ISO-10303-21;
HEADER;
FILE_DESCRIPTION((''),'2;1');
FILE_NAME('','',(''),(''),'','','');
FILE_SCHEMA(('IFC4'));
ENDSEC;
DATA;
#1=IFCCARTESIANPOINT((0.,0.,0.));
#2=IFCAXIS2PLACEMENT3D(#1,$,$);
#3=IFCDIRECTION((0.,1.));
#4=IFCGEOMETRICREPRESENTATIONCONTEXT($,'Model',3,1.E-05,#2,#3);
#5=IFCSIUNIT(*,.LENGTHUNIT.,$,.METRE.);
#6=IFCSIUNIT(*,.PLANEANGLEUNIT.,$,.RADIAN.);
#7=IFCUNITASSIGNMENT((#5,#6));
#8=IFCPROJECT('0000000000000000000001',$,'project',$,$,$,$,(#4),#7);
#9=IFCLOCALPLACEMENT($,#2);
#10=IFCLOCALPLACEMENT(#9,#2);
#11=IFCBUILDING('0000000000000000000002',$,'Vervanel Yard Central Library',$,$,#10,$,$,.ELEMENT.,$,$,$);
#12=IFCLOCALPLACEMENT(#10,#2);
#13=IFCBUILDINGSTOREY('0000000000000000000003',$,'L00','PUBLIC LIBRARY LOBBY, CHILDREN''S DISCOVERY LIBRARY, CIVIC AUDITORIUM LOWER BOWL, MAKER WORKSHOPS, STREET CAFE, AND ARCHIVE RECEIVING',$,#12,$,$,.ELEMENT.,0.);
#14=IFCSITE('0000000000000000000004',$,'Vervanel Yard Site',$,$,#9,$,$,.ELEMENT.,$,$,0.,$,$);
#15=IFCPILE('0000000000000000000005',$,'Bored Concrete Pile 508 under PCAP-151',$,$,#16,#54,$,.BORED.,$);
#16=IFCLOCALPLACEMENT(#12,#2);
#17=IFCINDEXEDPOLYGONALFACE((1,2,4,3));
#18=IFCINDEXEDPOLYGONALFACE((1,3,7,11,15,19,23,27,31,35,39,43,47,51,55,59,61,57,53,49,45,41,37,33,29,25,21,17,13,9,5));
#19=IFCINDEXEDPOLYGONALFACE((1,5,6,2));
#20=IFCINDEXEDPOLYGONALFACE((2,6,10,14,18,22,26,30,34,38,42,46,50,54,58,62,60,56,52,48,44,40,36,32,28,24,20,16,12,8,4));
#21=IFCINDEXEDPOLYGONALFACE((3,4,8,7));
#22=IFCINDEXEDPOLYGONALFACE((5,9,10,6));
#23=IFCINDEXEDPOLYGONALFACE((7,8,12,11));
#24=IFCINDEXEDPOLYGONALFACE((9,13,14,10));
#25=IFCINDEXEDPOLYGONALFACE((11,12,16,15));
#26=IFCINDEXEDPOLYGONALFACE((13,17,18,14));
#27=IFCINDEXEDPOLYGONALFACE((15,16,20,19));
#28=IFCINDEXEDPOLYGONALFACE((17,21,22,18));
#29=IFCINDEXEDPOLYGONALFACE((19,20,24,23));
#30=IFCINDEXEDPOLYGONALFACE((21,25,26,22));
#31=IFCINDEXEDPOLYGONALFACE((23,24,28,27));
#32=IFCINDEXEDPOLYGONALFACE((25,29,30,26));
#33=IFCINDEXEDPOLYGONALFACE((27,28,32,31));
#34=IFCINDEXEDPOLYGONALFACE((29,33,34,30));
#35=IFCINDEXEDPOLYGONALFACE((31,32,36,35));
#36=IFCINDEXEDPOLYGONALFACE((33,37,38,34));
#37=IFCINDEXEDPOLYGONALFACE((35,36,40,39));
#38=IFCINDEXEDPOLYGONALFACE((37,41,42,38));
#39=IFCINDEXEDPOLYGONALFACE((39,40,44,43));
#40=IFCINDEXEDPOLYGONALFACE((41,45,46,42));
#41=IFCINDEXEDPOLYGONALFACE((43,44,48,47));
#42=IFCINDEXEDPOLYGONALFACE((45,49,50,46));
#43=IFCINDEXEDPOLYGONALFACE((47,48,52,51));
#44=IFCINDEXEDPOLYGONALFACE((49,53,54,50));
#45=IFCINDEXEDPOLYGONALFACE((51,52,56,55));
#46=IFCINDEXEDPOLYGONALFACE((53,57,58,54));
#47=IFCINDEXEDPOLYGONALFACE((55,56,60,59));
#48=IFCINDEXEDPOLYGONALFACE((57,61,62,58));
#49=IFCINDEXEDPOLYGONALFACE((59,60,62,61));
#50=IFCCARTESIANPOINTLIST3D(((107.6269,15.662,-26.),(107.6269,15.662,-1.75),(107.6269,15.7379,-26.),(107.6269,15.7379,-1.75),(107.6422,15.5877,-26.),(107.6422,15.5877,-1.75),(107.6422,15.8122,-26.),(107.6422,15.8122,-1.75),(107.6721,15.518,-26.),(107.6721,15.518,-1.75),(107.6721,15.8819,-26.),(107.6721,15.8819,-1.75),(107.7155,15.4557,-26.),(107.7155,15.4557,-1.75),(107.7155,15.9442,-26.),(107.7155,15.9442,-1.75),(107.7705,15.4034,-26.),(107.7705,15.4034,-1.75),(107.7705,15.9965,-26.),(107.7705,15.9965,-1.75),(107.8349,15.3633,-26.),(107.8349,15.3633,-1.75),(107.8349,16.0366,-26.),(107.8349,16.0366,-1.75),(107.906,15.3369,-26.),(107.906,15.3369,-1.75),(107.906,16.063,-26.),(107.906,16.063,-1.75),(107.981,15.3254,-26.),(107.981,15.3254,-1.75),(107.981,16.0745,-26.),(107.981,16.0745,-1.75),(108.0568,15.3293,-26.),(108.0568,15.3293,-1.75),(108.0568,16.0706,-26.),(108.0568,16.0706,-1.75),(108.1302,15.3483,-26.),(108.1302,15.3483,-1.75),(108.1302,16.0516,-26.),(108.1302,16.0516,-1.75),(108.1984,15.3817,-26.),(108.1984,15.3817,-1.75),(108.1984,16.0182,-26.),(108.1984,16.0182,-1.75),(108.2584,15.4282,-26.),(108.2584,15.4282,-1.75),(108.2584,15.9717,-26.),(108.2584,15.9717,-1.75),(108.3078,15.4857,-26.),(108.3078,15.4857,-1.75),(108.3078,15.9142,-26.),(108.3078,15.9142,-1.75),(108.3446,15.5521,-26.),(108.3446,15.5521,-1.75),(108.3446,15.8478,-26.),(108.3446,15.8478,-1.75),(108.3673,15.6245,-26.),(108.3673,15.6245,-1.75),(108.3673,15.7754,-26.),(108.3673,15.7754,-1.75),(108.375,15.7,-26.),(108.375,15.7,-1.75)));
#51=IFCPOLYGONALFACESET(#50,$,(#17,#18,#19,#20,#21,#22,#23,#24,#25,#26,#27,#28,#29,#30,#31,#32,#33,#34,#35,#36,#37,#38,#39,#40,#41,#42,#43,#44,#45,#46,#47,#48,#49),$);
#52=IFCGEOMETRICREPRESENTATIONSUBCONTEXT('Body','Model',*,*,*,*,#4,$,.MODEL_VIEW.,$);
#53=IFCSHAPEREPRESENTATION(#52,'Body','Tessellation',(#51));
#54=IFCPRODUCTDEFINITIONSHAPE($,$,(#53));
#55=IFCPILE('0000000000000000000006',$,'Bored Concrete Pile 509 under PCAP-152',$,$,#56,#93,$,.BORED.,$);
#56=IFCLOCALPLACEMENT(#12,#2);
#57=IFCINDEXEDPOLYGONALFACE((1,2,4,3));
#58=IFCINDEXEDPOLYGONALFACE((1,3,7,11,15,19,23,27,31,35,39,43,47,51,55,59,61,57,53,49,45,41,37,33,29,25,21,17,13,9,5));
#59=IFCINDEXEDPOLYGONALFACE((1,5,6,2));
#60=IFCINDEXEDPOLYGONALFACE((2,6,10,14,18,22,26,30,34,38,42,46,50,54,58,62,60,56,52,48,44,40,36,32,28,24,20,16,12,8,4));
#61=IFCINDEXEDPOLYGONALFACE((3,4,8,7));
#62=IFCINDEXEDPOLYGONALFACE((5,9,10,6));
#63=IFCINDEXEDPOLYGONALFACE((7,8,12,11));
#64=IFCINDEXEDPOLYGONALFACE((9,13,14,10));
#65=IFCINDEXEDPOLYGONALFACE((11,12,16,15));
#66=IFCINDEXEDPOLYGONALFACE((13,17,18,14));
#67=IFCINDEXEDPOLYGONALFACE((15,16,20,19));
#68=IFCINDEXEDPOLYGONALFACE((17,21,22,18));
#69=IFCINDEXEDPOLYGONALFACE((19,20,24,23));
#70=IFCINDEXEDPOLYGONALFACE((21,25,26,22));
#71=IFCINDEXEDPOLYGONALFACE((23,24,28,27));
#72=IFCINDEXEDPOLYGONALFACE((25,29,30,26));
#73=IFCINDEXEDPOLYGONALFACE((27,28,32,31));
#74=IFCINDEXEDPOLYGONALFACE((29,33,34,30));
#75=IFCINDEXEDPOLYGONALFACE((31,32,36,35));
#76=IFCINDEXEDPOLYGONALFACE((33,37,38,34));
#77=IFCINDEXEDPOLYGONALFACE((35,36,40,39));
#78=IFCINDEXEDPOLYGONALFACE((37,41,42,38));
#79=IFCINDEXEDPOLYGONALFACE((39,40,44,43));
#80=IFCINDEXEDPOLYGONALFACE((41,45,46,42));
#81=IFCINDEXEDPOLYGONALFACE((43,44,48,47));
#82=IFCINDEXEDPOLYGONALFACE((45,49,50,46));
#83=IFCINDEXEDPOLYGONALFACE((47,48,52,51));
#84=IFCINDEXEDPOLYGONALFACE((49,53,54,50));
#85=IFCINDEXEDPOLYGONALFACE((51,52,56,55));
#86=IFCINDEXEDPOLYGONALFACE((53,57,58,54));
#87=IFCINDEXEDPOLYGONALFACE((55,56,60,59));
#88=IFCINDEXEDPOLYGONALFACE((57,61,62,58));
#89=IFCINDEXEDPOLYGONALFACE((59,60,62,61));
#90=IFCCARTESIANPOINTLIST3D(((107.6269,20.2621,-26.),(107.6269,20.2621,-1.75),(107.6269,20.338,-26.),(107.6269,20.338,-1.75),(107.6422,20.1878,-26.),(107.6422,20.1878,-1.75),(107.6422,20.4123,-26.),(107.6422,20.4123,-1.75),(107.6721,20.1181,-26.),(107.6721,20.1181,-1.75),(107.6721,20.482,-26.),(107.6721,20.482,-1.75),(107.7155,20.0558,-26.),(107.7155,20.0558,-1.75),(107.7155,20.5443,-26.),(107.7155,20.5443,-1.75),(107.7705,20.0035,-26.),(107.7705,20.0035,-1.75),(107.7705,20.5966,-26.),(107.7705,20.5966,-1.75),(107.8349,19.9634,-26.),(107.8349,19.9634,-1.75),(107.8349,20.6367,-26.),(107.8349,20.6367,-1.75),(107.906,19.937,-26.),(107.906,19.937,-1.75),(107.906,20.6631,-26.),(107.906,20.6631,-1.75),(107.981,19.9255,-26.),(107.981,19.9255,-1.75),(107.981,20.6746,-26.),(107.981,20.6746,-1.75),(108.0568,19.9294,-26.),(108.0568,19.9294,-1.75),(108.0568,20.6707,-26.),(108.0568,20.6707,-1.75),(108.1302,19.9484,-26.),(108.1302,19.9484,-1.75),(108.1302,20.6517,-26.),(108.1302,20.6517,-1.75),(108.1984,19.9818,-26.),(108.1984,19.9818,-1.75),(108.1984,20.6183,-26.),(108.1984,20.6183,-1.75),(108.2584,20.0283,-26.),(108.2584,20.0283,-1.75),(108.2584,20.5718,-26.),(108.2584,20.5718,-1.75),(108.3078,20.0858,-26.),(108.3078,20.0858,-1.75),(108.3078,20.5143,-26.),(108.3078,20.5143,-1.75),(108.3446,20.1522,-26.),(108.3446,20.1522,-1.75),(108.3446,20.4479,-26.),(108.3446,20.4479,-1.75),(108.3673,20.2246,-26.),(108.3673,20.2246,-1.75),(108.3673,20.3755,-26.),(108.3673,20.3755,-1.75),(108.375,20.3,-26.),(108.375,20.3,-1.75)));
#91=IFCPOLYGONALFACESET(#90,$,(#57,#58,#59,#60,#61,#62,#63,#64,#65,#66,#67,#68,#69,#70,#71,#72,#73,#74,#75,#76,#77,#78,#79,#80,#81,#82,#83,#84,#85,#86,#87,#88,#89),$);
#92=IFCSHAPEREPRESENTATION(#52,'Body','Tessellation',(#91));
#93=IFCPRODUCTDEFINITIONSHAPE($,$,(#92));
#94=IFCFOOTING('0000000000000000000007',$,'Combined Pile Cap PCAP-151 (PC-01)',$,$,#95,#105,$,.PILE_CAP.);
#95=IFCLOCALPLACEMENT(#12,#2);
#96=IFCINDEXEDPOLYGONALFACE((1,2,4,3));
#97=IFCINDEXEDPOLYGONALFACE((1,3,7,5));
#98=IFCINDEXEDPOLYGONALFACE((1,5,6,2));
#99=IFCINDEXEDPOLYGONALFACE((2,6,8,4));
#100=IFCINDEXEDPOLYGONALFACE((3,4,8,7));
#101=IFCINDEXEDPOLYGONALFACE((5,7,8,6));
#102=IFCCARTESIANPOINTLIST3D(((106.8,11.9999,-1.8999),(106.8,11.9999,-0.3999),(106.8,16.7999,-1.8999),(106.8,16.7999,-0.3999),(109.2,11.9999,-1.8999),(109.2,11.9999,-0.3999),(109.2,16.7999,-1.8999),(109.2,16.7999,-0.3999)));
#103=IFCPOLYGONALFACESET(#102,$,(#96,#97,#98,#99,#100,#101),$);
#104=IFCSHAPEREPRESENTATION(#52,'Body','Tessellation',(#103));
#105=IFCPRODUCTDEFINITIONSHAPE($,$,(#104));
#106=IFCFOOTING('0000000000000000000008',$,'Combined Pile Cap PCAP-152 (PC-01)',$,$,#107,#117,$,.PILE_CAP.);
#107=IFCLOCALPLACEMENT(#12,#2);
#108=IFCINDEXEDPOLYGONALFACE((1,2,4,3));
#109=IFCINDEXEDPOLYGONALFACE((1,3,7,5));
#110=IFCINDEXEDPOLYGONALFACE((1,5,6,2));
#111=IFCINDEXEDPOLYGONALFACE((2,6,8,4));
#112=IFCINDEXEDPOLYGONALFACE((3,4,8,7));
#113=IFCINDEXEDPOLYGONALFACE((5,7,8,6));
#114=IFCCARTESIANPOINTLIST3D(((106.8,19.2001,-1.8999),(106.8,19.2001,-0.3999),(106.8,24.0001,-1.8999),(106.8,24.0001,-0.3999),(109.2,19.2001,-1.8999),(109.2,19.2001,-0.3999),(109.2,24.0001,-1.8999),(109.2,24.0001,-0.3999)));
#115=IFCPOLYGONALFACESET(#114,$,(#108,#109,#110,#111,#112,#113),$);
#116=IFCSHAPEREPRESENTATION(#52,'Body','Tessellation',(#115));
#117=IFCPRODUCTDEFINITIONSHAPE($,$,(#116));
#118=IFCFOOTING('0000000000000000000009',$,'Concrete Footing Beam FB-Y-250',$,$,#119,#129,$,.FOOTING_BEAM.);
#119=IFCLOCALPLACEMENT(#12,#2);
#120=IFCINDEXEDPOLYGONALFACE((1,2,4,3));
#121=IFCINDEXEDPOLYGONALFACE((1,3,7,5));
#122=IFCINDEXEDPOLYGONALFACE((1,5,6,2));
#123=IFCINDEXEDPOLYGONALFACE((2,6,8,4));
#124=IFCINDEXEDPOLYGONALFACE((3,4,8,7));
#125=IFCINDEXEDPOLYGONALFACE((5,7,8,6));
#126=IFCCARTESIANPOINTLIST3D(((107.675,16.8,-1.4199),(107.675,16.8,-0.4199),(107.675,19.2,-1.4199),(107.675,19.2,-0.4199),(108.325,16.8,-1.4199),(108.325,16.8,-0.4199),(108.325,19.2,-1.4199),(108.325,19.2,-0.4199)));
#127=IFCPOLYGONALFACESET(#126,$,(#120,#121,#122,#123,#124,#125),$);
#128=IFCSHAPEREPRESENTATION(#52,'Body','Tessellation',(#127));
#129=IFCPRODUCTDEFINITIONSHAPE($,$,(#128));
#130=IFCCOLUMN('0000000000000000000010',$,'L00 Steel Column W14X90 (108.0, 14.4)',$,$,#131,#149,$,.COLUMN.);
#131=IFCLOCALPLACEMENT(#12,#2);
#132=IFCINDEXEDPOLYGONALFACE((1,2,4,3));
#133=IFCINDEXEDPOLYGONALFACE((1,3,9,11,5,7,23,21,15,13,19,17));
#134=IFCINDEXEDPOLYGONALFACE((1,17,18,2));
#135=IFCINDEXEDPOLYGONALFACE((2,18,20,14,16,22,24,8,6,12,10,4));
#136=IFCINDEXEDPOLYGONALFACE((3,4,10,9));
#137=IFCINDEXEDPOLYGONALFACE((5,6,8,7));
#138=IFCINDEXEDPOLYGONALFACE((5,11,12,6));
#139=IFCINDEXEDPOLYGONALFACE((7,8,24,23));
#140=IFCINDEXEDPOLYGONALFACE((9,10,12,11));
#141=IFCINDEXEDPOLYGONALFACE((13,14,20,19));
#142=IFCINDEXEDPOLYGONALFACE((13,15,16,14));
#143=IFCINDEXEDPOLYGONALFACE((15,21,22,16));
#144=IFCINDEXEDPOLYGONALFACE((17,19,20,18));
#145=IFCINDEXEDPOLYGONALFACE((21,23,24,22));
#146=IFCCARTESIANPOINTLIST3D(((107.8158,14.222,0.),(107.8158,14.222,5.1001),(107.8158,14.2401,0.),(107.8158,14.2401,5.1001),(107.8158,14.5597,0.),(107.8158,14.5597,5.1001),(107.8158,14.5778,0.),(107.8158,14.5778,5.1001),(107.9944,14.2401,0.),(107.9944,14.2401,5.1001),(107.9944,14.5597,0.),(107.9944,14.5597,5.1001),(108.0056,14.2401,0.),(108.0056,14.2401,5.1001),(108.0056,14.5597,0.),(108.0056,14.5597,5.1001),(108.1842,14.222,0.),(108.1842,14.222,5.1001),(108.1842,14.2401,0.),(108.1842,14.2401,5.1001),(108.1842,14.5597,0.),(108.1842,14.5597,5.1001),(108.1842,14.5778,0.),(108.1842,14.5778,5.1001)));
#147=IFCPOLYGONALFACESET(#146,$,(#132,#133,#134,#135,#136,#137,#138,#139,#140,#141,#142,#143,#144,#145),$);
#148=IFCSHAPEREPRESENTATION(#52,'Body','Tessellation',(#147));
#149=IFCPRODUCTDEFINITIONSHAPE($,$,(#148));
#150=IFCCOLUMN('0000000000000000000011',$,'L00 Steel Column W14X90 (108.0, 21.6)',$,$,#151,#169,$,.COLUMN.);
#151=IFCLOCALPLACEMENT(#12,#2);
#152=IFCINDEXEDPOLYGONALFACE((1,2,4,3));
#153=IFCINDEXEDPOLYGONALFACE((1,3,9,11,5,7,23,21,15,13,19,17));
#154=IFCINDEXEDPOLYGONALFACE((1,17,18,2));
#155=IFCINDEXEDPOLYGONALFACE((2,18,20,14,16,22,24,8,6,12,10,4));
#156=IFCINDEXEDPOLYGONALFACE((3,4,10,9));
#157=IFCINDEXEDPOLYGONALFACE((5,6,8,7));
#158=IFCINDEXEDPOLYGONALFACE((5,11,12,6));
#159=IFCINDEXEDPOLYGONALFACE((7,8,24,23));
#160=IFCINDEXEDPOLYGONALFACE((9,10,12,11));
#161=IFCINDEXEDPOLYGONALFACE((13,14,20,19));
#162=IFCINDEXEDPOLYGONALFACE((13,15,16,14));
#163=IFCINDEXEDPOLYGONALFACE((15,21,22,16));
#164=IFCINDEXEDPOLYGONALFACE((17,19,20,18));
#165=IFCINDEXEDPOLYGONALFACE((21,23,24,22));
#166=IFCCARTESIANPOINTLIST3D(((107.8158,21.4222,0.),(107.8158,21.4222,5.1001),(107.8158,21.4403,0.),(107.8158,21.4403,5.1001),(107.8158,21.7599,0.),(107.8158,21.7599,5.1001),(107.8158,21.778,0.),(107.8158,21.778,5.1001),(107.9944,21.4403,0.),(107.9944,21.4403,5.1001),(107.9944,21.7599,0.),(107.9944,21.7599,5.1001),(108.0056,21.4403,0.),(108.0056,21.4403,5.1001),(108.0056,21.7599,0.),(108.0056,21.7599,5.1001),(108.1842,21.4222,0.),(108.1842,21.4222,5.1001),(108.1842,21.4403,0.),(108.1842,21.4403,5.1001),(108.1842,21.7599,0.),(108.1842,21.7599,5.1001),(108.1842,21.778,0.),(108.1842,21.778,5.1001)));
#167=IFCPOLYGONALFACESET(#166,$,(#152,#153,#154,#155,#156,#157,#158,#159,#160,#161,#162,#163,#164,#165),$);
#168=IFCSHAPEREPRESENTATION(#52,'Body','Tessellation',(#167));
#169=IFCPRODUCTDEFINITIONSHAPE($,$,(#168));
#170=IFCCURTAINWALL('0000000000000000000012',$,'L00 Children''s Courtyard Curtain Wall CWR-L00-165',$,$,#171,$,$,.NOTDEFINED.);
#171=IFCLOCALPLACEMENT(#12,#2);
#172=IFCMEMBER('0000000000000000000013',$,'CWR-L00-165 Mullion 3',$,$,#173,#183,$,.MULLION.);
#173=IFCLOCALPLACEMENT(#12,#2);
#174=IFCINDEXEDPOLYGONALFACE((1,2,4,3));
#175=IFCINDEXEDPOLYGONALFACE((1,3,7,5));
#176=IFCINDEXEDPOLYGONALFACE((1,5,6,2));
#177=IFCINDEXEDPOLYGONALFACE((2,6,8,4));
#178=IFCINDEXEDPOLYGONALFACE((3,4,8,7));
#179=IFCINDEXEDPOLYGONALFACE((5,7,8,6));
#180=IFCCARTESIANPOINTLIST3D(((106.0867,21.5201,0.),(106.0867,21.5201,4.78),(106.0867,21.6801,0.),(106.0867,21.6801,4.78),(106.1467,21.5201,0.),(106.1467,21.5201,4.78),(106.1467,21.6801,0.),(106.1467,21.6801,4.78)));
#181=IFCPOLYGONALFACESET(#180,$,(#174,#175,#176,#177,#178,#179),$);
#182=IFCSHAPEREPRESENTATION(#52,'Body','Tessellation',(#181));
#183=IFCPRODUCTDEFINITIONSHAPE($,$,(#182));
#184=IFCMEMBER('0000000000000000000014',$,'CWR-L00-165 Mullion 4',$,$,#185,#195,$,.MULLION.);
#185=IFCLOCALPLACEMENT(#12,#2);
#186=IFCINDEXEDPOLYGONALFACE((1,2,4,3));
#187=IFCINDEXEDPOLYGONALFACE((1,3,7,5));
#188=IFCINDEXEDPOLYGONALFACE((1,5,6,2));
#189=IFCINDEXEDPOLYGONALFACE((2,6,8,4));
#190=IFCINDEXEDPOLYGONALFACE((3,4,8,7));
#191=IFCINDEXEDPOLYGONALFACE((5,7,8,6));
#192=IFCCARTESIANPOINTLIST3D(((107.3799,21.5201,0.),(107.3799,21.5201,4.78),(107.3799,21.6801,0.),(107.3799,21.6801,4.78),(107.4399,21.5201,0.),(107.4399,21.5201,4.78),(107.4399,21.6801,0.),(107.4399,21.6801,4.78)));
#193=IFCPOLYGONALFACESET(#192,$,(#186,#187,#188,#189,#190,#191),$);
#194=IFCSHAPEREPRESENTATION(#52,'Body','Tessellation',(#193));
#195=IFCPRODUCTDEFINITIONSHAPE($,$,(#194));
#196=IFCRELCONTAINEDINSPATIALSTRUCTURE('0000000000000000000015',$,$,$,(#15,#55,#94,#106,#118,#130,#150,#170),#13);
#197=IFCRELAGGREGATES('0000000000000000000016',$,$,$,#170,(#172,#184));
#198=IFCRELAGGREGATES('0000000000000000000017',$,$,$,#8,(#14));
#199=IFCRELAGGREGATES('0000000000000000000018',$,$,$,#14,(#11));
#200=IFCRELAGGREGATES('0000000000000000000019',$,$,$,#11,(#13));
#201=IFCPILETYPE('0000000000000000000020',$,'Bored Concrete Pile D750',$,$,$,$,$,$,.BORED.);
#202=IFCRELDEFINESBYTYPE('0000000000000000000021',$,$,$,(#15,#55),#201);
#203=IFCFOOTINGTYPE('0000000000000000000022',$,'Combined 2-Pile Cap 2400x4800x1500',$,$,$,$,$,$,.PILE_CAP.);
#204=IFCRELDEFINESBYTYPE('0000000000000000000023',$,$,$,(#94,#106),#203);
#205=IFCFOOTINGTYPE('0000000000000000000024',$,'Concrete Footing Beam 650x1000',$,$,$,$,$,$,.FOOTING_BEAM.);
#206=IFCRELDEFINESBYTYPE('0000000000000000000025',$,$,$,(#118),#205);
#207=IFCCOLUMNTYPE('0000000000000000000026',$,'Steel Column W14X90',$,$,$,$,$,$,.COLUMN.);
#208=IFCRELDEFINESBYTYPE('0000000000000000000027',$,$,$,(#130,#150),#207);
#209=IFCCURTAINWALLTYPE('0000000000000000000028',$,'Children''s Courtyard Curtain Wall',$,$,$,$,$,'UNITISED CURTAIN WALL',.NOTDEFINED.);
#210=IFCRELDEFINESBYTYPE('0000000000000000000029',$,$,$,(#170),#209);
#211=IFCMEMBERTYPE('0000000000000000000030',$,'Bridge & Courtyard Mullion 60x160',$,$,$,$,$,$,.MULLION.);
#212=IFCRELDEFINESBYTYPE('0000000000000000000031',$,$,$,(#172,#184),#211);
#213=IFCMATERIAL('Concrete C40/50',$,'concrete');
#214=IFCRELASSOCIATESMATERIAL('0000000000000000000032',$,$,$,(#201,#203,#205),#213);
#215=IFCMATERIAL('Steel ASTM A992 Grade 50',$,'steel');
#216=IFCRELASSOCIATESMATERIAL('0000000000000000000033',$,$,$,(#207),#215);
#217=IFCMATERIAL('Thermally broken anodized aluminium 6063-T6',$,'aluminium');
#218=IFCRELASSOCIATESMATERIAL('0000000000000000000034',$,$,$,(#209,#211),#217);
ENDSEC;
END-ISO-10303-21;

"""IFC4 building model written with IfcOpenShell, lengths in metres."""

from ifc_helpers import new_model, si_unit, direction, frame, origin, origin_2d, place, context, subcontext, project, spatial, rectangle, circle, i_section, extrude, material, material_profile, profile_set, type_object, element, aggregate, save


model = new_model("IFC4")

# Units and contexts
model_context = context("Model", 3, precision=1e-05, world=origin(), true_north=direction((0.0, 1.0)))
body_context = subcontext(model_context, "Body", "Model", "MODEL_VIEW")
ifc_project = project(units=[si_unit("LENGTHUNIT", "METRE"), si_unit("PLANEANGLEUNIT", "RADIAN")], contexts=[model_context])

# Site, building, storey
site_placement = place(None, origin())
site = spatial("IfcSite", under=ifc_project, at=site_placement, Name="Vervanel Yard Site", CompositionType="ELEMENT", RefElevation=0.0)
building_placement = place(site_placement, origin())
building = spatial("IfcBuilding", under=site, at=building_placement, Name="Vervanel Yard Central Library", CompositionType="ELEMENT")
storey_placement = place(building_placement, origin())
storey = spatial("IfcBuildingStorey", under=building, at=storey_placement, Name="L00", Description="PUBLIC LIBRARY LOBBY, CHILDREN'S DISCOVERY LIBRARY, CIVIC AUDITORIUM LOWER BOWL, MAKER WORKSHOPS, STREET CAFE, AND ARCHIVE RECEIVING", CompositionType="ELEMENT", Elevation=0.0)

# Piles
ifc_material_1 = material(Name="Concrete C40/50", Category="concrete")
ifc_material_profile_1 = material_profile(ifc_material_1, circle(Radius=0.375, at=origin_2d()), Name="BP D750", Category="concrete")
ifc_profile_set_1 = profile_set([ifc_material_profile_1], Name="Concrete C40/50")
pile_type = type_object("IfcPileType", Name="Bored Concrete Pile D750", PredefinedType="BORED", material=ifc_profile_set_1)
for number, where, z_axis, x_axis, name in (
    (1, (108.0, 15.7, -1.75), (0.0, 0.0, -1.0), (1.0, 0.0, 0.0), "Bored Concrete Pile 508 under PCAP-151"),
    (2, (108.0, 20.3, -1.75), (0.0, 0.0, -1.0), (1.0, 0.0, 0.0), "Bored Concrete Pile 509 under PCAP-152"),
):
    element("IfcPile", number, at=place(storey_placement, frame(where, z_axis=z_axis, x_axis=x_axis)), inside=storey, type_object=pile_type, Name=name, PredefinedType="BORED", context=body_context, shape_type="SweptSolid", body=[
        extrude(circle(Radius=0.375, at=origin_2d()), origin(), (0.0, 0.0, 1.0), 24.25),
    ])

# Footings
footing_type_1 = type_object("IfcFootingType", Name="Combined 2-Pile Cap 2400x4800x1500", PredefinedType="PILE_CAP", material=ifc_material_1)
for number, where, z_axis, x_axis, name in (
    (3, (108.0, 14.3999, -1.8999), (0.0, 0.0, 1.0), (1.0, 0.0, 0.0), "Combined Pile Cap PCAP-151 (PC-01)"),
    (4, (108.0, 21.6001, -1.8999), (0.0, 0.0, 1.0), (1.0, 0.0, 0.0), "Combined Pile Cap PCAP-152 (PC-01)"),
):
    element("IfcFooting", number, at=place(storey_placement, frame(where, z_axis=z_axis, x_axis=x_axis)), inside=storey, type_object=footing_type_1, Name=name, PredefinedType="PILE_CAP", context=body_context, shape_type="SweptSolid", body=[
        extrude(rectangle(XDim=2.3999, YDim=4.8, at=origin_2d()), origin(), (0.0, 0.0, 1.0), 1.5),
    ])
ifc_material_profile_2 = material_profile(ifc_material_1, rectangle(XDim=0.6499, YDim=1.0, at=origin_2d()), Name="RC 650x1000", Category="concrete")
ifc_profile_set_2 = profile_set([ifc_material_profile_2], Name="Concrete C40/50")
footing_type_2 = type_object("IfcFootingType", Name="Concrete Footing Beam 650x1000", PredefinedType="FOOTING_BEAM", material=ifc_profile_set_2)
footing_placement = place(storey_placement, frame((108.0, 16.8, -0.9199), z_axis=(0.0, 1.0, 0.0), x_axis=(-1.0, 0.0, 0.0)))
element("IfcFooting", 5, at=footing_placement, inside=storey, type_object=footing_type_2, Name="Concrete Footing Beam FB-Y-250", PredefinedType="FOOTING_BEAM", context=body_context, shape_type="SweptSolid", body=[
    extrude(rectangle(XDim=0.6499, YDim=1.0, at=origin_2d()), origin(), (0.0, 0.0, 1.0), 2.3999),
])

# Columns
ifc_material_2 = material(Name="Steel ASTM A992 Grade 50", Category="steel")
ifc_material_profile_3 = material_profile(ifc_material_2, i_section(OverallWidth=0.3684, OverallDepth=0.3557, WebThickness=0.0112, FlangeThickness=0.0181, at=origin_2d()), Name="W14X90", Category="steel")
ifc_profile_set_3 = profile_set([ifc_material_profile_3], Name="Steel ASTM A992 Grade 50")
column_type = type_object("IfcColumnType", Name="Steel Column W14X90", PredefinedType="COLUMN", material=ifc_profile_set_3)
for number, where, z_axis, x_axis, name in (
    (6, (108.0, 14.3999, 0.0), (0.0, 0.0, 1.0), (1.0, 0.0, 0.0), "L00 Steel Column W14X90 (108.0, 14.4)"),
    (7, (108.0, 21.6001, 0.0), (0.0, 0.0, 1.0), (1.0, 0.0, 0.0), "L00 Steel Column W14X90 (108.0, 21.6)"),
):
    element("IfcColumn", number, at=place(storey_placement, frame(where, z_axis=z_axis, x_axis=x_axis)), inside=storey, type_object=column_type, Name=name, PredefinedType="COLUMN", context=body_context, shape_type="SweptSolid", body=[
        extrude(i_section(OverallWidth=0.3684, OverallDepth=0.3557, WebThickness=0.0112, FlangeThickness=0.0181, at=origin_2d()), origin(), (0.0, 0.0, 1.0), 5.1001),
    ])

# Curtain wall, members
ifc_material_3 = material(Name="Thermally broken anodized aluminium 6063-T6", Category="aluminium")
curtain_wall_type = type_object("IfcCurtainWallType", Name="Children's Courtyard Curtain Wall", ElementType="UNITISED CURTAIN WALL", PredefinedType="NOTDEFINED", material=ifc_material_3)
curtain_wall_placement = place(storey_placement, origin())
curtain_wall = element("IfcCurtainWall", 8, at=curtain_wall_placement, inside=storey, type_object=curtain_wall_type, Name="L00 Children's Courtyard Curtain Wall CWR-L00-165", PredefinedType="NOTDEFINED")
ifc_material_profile_4 = material_profile(ifc_material_3, rectangle(XDim=0.0601, YDim=0.1599, at=origin_2d()), Name="ALU 60x160", Category="aluminium")
ifc_profile_set_4 = profile_set([ifc_material_profile_4], Name="Thermally broken anodized aluminium 6063-T6")
member_type_1 = type_object("IfcMemberType", Name="Bridge & Courtyard Mullion 60x160", PredefinedType="MULLION", material=ifc_profile_set_4)
member_1_placement = place(storey_placement, frame((106.1167, 21.6001, 0.0), z_axis=(0.0, 0.0, 1.0), x_axis=(1.0, 0.0, 0.0)))
member_1 = element("IfcMember", 9, at=member_1_placement, type_object=member_type_1, Name="CWR-L00-165 Mullion 3", PredefinedType="MULLION", context=body_context, shape_type="SweptSolid", body=[
    extrude(rectangle(XDim=0.0601, YDim=0.1599, at=origin_2d()), origin(), (0.0, 0.0, 1.0), 4.78),
])
member_2_placement = place(storey_placement, frame((107.4099, 21.6001, 0.0), z_axis=(0.0, 0.0, 1.0), x_axis=(1.0, 0.0, 0.0)))
member_2 = element("IfcMember", 10, at=member_2_placement, type_object=member_type_1, Name="CWR-L00-165 Mullion 4", PredefinedType="MULLION", context=body_context, shape_type="SweptSolid", body=[
    extrude(rectangle(XDim=0.0601, YDim=0.1599, at=origin_2d()), origin(), (0.0, 0.0, 1.0), 4.78),
])
aggregate(curtain_wall, [member_1, member_2])

save(model, "model.ifc")
